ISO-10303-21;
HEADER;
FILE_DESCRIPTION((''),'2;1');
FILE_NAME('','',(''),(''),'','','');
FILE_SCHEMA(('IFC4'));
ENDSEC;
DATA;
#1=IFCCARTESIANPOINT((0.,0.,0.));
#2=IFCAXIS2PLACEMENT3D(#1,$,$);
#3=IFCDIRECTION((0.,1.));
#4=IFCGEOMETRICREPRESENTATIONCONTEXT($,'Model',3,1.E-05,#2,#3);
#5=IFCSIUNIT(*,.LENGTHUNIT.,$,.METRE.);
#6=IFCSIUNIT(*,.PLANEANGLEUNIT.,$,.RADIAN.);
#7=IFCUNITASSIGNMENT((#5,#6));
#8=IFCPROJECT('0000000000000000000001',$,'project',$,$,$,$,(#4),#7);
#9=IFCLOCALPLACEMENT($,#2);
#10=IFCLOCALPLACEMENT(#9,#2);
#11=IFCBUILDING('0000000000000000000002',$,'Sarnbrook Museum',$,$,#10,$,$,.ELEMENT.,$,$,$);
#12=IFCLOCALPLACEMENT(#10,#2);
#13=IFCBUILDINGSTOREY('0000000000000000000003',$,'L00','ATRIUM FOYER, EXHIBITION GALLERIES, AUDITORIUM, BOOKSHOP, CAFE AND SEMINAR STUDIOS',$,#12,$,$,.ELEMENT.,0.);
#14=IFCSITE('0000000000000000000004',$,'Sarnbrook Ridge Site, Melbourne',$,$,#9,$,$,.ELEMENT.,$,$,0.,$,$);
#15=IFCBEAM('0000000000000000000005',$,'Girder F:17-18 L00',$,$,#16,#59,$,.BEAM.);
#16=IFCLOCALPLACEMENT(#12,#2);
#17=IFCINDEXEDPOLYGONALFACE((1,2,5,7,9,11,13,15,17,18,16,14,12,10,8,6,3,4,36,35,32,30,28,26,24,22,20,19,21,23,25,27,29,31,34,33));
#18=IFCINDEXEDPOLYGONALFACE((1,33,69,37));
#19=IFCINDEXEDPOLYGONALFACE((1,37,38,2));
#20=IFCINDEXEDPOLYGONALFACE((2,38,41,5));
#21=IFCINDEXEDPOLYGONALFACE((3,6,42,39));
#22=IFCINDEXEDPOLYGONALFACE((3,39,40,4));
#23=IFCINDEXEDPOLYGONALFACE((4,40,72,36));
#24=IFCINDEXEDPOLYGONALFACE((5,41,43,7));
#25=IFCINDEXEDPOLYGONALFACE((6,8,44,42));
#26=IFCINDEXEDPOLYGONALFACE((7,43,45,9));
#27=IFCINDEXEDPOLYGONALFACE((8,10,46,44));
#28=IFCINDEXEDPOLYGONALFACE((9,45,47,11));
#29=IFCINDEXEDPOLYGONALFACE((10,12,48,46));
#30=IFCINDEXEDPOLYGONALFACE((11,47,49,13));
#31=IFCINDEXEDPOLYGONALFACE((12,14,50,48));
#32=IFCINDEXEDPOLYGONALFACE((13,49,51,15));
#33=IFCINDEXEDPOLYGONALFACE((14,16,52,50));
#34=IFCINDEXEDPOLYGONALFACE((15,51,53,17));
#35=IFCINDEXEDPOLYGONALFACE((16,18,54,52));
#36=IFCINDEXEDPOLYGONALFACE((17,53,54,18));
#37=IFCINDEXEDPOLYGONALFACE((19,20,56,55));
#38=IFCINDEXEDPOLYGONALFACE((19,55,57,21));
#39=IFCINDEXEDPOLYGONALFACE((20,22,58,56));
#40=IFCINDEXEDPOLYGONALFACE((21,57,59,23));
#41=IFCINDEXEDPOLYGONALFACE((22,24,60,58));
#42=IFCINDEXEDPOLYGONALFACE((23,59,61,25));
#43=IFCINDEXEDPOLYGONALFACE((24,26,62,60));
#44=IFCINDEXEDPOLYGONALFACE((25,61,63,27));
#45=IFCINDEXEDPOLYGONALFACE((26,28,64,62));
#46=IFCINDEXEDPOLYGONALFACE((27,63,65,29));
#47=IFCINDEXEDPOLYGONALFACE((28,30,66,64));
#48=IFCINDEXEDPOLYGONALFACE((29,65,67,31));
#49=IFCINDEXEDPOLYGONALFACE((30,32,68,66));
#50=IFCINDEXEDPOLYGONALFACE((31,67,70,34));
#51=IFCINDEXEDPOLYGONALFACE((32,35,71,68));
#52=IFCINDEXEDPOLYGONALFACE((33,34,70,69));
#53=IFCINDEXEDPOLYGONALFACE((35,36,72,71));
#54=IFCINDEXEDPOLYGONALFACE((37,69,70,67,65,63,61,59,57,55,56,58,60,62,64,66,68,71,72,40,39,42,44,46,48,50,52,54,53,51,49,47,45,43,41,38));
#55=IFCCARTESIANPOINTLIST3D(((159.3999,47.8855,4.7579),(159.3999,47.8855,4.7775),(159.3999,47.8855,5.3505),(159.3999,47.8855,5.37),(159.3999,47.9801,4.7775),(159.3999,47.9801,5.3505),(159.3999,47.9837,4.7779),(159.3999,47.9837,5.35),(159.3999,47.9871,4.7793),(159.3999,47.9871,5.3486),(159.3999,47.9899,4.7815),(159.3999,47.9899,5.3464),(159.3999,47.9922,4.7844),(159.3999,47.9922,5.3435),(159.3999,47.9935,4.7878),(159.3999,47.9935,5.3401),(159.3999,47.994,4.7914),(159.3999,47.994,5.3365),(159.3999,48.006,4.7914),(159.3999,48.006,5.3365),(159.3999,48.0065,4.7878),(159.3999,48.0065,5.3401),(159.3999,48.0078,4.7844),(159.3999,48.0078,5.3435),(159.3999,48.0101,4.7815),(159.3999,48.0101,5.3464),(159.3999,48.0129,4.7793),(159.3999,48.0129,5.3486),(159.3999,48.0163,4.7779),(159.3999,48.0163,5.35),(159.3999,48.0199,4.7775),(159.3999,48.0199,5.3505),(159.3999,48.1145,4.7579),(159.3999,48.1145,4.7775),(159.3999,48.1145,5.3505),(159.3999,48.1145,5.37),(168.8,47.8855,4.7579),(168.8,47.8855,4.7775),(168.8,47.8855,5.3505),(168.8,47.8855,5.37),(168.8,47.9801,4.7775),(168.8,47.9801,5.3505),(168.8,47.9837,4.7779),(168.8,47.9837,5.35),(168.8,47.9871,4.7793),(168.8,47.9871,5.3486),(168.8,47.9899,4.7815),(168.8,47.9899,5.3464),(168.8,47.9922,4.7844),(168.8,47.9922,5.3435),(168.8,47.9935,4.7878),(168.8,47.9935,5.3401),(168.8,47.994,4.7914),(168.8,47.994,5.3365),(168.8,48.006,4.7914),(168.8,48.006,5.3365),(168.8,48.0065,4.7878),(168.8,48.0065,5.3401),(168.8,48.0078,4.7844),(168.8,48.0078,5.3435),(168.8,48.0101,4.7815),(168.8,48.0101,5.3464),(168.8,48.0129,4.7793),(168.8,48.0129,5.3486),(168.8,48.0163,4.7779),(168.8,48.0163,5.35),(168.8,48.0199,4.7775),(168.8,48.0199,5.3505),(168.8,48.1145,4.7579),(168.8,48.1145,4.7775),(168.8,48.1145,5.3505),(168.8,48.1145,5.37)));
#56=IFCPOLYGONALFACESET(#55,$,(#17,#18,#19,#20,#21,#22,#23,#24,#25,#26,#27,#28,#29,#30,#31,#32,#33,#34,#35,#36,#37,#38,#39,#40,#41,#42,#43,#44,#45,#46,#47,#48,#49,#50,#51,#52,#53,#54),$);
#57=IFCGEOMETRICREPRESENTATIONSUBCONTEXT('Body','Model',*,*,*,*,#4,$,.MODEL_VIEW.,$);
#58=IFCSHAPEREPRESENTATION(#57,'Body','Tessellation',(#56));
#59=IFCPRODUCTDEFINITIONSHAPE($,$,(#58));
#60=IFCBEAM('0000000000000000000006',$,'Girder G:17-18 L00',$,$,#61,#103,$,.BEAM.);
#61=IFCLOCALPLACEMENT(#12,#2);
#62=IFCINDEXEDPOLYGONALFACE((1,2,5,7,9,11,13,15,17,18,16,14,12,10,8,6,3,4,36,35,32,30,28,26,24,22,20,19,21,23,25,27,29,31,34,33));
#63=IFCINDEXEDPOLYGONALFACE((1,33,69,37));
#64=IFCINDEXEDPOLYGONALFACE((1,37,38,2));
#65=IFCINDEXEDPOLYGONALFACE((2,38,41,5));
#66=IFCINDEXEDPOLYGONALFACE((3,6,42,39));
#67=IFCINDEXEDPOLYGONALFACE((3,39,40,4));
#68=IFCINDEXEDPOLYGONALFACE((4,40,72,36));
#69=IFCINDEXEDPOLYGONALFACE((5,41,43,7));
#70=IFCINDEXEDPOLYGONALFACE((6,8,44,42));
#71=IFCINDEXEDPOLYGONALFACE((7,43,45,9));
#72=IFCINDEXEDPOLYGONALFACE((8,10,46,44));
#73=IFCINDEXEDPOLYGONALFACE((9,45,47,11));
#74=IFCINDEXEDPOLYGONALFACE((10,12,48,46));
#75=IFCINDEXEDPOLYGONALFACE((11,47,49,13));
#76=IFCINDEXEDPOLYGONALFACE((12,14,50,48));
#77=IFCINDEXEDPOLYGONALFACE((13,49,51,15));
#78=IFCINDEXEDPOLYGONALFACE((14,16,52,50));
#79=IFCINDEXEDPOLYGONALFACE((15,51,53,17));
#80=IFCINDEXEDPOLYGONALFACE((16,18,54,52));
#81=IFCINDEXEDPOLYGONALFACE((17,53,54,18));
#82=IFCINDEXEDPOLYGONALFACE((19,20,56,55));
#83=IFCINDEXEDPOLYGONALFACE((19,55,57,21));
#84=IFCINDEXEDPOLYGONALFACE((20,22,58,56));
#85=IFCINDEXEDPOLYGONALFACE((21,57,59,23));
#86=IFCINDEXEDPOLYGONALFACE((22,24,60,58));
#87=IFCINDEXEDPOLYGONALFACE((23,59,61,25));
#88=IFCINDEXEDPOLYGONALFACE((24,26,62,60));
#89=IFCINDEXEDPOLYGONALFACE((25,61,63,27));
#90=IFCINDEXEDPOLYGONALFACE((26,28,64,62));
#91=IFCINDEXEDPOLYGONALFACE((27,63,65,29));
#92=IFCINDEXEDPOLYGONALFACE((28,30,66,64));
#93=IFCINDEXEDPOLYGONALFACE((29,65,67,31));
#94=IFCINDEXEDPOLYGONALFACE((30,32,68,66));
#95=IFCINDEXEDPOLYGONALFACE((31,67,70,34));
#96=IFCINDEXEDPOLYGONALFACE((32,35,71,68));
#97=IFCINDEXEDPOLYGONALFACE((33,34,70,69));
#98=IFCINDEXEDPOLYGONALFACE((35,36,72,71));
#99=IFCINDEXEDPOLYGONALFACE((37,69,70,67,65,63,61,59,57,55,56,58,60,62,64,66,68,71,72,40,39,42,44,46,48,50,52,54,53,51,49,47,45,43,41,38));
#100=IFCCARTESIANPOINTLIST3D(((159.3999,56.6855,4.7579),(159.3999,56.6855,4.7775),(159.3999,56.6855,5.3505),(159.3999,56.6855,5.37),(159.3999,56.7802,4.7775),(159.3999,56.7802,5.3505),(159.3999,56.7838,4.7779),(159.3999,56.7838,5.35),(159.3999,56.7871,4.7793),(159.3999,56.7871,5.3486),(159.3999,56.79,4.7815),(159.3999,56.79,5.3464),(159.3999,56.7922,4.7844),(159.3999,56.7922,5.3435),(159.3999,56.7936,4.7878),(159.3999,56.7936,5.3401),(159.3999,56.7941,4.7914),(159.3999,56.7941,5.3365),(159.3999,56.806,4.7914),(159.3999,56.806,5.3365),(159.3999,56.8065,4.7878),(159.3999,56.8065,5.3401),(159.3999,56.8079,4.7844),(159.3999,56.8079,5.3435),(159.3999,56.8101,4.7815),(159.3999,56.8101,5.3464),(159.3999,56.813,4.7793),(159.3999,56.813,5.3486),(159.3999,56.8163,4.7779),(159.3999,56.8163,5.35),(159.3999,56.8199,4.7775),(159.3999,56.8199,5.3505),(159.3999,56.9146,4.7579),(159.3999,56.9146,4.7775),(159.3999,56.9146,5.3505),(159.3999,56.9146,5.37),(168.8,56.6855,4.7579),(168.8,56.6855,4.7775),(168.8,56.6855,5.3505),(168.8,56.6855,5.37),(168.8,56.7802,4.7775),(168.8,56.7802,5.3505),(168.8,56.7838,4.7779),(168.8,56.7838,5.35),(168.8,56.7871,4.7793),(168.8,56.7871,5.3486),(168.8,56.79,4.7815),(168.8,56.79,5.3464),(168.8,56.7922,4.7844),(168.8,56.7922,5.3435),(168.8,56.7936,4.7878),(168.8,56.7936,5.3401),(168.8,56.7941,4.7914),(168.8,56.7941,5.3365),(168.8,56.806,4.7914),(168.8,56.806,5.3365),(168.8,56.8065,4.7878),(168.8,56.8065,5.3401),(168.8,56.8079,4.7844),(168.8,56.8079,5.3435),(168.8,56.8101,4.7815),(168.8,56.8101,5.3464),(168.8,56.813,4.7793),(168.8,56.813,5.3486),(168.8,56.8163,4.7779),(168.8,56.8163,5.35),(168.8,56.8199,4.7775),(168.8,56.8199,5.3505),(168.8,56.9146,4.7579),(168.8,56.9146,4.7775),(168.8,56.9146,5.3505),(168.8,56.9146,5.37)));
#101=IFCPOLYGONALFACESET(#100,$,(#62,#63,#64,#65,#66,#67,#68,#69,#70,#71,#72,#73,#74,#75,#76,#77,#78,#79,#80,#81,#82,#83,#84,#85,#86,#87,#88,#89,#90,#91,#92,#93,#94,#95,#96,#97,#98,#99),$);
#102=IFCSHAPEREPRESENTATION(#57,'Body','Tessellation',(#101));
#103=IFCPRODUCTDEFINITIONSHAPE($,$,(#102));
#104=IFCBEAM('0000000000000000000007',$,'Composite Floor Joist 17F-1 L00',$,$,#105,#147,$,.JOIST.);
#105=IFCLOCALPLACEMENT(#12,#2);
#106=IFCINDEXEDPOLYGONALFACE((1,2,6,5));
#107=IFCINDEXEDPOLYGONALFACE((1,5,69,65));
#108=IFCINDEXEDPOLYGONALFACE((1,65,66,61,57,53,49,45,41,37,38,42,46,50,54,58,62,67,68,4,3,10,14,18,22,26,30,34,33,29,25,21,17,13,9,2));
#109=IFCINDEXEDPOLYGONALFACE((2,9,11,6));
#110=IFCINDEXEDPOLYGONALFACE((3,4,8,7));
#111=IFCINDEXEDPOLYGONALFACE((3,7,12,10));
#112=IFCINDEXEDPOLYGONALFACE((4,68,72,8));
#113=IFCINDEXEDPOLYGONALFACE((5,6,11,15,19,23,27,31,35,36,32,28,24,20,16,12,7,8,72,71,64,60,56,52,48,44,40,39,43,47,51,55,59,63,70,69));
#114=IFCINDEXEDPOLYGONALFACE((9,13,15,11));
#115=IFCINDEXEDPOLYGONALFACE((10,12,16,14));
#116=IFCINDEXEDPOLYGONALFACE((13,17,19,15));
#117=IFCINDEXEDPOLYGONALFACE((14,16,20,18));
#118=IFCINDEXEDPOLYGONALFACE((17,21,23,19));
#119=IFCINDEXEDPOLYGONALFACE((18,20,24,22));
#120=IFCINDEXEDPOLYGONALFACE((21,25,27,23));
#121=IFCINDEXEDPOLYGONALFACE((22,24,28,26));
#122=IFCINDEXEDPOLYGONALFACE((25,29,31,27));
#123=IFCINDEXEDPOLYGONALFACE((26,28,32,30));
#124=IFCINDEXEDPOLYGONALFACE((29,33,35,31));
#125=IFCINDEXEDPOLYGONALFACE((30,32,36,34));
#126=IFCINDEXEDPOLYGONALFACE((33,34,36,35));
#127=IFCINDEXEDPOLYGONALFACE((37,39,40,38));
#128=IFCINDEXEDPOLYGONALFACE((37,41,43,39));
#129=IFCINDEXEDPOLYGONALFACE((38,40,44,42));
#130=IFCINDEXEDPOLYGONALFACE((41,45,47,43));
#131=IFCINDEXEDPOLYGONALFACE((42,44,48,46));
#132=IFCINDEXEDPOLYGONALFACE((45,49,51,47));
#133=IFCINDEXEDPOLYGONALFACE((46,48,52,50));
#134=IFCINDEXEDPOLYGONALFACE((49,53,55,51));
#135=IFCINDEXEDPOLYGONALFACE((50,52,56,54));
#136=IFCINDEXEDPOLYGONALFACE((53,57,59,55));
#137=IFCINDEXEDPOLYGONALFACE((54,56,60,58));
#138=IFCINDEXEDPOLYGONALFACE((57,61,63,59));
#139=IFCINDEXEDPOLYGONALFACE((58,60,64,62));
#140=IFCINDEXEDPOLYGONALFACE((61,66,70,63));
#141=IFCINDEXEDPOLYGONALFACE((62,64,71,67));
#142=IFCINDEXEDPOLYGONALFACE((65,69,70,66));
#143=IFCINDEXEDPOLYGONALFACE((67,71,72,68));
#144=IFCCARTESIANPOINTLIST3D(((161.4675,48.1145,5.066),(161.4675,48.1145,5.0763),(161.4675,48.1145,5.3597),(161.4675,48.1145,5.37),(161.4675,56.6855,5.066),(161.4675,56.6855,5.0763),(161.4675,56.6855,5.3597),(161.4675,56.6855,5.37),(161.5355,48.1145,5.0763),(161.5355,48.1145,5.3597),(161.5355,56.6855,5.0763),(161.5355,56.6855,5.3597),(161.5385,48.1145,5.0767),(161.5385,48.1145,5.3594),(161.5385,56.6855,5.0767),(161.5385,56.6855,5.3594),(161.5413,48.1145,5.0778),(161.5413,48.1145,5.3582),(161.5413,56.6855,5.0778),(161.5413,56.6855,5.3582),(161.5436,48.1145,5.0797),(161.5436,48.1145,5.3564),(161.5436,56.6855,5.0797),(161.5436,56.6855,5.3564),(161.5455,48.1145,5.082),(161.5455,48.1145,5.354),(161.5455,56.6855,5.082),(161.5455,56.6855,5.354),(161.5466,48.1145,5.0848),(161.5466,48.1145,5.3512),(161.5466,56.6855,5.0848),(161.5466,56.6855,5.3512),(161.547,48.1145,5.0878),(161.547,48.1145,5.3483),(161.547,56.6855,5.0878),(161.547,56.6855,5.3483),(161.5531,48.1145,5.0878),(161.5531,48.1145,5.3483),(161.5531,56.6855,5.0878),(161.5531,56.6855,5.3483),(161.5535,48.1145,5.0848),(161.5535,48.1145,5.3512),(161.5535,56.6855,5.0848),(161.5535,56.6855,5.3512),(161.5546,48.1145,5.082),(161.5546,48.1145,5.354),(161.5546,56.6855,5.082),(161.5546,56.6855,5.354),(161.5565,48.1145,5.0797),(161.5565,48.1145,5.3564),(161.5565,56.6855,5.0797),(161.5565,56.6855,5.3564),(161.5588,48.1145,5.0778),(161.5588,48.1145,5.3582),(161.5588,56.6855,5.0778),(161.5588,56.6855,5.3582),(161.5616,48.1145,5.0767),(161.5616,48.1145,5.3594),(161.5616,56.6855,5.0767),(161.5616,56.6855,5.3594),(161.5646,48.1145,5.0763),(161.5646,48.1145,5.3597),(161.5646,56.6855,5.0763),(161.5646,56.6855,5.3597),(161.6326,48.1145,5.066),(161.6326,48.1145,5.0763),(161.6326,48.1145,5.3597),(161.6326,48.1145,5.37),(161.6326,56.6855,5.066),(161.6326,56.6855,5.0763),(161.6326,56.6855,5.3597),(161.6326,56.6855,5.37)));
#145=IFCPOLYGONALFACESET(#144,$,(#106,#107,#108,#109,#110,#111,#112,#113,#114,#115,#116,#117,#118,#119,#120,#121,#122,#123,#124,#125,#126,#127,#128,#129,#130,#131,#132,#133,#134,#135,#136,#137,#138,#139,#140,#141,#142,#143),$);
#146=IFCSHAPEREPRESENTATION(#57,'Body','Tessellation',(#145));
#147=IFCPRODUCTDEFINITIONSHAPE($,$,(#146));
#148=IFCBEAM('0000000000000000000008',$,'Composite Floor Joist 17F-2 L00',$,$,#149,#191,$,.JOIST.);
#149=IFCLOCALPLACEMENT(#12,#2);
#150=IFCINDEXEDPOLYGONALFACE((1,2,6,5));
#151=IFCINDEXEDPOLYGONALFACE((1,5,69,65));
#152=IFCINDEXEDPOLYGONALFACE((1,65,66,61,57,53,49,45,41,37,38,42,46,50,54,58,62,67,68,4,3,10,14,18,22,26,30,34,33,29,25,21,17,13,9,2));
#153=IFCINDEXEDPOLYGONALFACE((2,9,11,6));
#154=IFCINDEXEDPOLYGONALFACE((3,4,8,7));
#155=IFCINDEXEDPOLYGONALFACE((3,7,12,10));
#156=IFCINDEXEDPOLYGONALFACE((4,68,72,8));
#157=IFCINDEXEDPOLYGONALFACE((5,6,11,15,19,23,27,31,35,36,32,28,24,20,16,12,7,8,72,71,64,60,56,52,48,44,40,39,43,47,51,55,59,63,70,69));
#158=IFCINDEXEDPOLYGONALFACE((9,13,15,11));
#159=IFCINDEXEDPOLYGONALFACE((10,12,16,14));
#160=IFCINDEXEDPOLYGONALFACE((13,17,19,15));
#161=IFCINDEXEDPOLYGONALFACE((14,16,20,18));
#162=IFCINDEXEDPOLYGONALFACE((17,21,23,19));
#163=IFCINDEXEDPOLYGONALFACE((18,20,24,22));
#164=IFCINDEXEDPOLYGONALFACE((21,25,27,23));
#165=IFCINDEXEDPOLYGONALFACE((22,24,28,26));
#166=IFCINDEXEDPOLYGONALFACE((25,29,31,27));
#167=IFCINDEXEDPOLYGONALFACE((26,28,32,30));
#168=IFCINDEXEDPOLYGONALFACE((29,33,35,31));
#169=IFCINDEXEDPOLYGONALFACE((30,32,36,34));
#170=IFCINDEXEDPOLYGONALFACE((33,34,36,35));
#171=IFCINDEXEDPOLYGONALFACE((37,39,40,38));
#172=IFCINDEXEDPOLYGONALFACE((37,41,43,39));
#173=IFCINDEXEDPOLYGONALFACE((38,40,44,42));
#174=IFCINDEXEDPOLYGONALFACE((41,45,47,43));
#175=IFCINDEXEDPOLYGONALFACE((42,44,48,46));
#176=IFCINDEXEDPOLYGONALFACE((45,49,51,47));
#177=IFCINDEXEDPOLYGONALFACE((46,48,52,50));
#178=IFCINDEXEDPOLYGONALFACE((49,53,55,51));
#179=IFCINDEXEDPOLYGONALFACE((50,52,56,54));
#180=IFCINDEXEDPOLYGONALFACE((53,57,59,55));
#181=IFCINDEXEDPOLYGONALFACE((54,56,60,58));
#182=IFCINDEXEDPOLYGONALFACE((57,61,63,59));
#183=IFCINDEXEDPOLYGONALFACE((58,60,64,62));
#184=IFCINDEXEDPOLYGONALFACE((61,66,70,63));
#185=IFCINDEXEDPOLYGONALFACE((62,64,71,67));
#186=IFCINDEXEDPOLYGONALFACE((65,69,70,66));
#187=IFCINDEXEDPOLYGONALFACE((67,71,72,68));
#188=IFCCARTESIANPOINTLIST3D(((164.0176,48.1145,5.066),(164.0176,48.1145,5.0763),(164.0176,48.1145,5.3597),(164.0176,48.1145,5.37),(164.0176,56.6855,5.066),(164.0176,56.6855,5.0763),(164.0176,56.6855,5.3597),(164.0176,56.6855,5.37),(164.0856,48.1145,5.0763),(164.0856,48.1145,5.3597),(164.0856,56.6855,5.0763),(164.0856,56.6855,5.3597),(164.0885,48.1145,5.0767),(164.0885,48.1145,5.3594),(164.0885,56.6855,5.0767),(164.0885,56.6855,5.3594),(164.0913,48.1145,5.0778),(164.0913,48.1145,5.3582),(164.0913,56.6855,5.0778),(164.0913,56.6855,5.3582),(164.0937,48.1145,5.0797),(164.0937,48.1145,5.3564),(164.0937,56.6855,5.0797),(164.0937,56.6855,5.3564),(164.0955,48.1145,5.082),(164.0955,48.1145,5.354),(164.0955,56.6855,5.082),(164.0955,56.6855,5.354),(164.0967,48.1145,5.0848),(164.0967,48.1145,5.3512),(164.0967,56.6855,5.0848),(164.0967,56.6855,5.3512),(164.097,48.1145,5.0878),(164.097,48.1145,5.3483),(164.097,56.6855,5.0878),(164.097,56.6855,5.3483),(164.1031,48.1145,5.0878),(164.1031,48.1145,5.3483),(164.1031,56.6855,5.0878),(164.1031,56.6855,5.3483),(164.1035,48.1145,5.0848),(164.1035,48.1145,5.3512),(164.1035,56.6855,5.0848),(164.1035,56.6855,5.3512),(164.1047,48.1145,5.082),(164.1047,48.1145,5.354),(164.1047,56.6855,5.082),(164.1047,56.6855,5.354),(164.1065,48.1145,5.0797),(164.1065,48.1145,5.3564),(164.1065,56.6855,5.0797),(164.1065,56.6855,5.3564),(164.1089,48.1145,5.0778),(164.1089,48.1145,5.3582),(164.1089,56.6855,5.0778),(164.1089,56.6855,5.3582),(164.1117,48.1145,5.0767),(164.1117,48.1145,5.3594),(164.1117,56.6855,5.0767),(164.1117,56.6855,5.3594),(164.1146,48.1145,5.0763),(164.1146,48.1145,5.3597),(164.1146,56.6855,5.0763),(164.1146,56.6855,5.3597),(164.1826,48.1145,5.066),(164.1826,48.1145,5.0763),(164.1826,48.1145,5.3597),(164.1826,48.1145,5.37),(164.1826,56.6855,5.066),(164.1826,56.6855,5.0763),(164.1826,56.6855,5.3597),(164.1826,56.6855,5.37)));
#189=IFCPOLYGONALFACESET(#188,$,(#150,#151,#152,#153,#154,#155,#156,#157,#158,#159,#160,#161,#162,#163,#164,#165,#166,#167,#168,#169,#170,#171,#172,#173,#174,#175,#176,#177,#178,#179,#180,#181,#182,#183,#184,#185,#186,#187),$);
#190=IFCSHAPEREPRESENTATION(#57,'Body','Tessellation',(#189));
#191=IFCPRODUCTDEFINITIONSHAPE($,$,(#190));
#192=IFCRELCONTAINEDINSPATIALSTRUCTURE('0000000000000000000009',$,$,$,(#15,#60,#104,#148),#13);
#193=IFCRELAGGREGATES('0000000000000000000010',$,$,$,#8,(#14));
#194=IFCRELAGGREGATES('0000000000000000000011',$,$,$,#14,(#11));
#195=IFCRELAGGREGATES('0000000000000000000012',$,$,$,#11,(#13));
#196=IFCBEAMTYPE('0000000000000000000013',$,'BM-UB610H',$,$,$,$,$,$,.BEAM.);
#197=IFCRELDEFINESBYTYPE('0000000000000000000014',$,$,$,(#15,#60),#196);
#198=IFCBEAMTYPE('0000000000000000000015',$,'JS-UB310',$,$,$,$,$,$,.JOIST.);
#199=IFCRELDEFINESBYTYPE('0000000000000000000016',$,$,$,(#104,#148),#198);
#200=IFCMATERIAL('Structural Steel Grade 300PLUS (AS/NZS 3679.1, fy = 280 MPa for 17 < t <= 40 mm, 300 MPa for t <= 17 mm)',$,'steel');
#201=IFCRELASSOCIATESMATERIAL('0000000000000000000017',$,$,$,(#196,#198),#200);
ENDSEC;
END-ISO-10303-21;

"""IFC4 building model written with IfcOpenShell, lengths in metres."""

from ifc_helpers import new_model, si_unit, direction, frame, origin, origin_2d, place, context, subcontext, project, spatial, i_section, extrude, material, material_profile, profile_set, type_object, element, save


model = new_model("IFC4")

# Units and contexts
model_context = context("Model", 3, precision=1e-05, world=origin(), true_north=direction((0.0, 1.0)))
body_context = subcontext(model_context, "Body", "Model", "MODEL_VIEW")
ifc_project = project(units=[si_unit("LENGTHUNIT", "METRE"), si_unit("PLANEANGLEUNIT", "RADIAN")], contexts=[model_context])

# Site, building, storey
site_placement = place(None, origin())
site = spatial("IfcSite", under=ifc_project, at=site_placement, Name="Sarnbrook Ridge Site, Melbourne", CompositionType="ELEMENT", RefElevation=0.0)
building_placement = place(site_placement, origin())
building = spatial("IfcBuilding", under=site, at=building_placement, Name="Sarnbrook Museum", CompositionType="ELEMENT")
storey_placement = place(building_placement, origin())
storey = spatial("IfcBuildingStorey", under=building, at=storey_placement, Name="L00", Description="ATRIUM FOYER, EXHIBITION GALLERIES, AUDITORIUM, BOOKSHOP, CAFE AND SEMINAR STUDIOS", CompositionType="ELEMENT", Elevation=0.0)

# Beams
ifc_material_1 = material(Name="Structural Steel Grade 300PLUS (AS/NZS 3679.1, fy = 280 MPa for 17 < t <= 40 mm, 300 MPa for t <= 17 mm)", Category="steel")
ifc_material_profile_1 = material_profile(ifc_material_1, i_section(OverallWidth=0.229, OverallDepth=0.6121, WebThickness=0.012, FlangeThickness=0.0195, FilletRadius=0.0139, at=origin_2d()), Name="610UB125")
ifc_profile_set_1 = profile_set([ifc_material_profile_1], Name="Structural Steel Grade 300PLUS (AS/NZS 3679.1, fy = 280 MPa for 17 < t <= 40 mm, 300 MPa for t <= 17 mm)")
beam_type_1 = type_object("IfcBeamType", Name="BM-UB610H", PredefinedType="BEAM", material=ifc_profile_set_1)
for number, where, z_axis, x_axis, name in (
    (1, (159.3999, 48.0, 5.064), (1.0, 0.0, 0.0), (0.0, 1.0, 0.0), "Girder F:17-18 L00"),
    (2, (159.3999, 56.8, 5.064), (1.0, 0.0, 0.0), (0.0, 1.0, 0.0), "Girder G:17-18 L00"),
):
    element("IfcBeam", number, at=place(storey_placement, frame(where, z_axis=z_axis, x_axis=x_axis)), inside=storey, type_object=beam_type_1, Name=name, PredefinedType="BEAM", context=body_context, shape_type="SweptSolid", body=[
        extrude(i_section(OverallWidth=0.229, OverallDepth=0.6121, WebThickness=0.012, FlangeThickness=0.0195, FilletRadius=0.0139, at=origin_2d()), origin(), (0.0, 0.0, 1.0), 9.4001),
    ])
ifc_material_profile_2 = material_profile(ifc_material_1, i_section(OverallWidth=0.165, OverallDepth=0.304, WebThickness=0.0061, FlangeThickness=0.0103, FilletRadius=0.0115, at=origin_2d()), Name="310UB40.4")
ifc_profile_set_2 = profile_set([ifc_material_profile_2], Name="Structural Steel Grade 300PLUS (AS/NZS 3679.1, fy = 280 MPa for 17 < t <= 40 mm, 300 MPa for t <= 17 mm)")
beam_type_2 = type_object("IfcBeamType", Name="JS-UB310", PredefinedType="JOIST", material=ifc_profile_set_2)
for number, where, z_axis, x_axis, name in (
    (3, (161.55, 48.1145, 5.218), (0.0, 1.0, 0.0), (-1.0, 0.0, 0.0), "Composite Floor Joist 17F-1 L00"),
    (4, (164.1001, 48.1145, 5.218), (0.0, 1.0, 0.0), (-1.0, 0.0, 0.0), "Composite Floor Joist 17F-2 L00"),
):
    element("IfcBeam", number, at=place(storey_placement, frame(where, z_axis=z_axis, x_axis=x_axis)), inside=storey, type_object=beam_type_2, Name=name, PredefinedType="JOIST", context=body_context, shape_type="SweptSolid", body=[
        extrude(i_section(OverallWidth=0.165, OverallDepth=0.304, WebThickness=0.0061, FlangeThickness=0.0103, FilletRadius=0.0115, at=origin_2d()), origin(), (0.0, 0.0, 1.0), 8.571),
    ])

save(model, "model.ifc")
